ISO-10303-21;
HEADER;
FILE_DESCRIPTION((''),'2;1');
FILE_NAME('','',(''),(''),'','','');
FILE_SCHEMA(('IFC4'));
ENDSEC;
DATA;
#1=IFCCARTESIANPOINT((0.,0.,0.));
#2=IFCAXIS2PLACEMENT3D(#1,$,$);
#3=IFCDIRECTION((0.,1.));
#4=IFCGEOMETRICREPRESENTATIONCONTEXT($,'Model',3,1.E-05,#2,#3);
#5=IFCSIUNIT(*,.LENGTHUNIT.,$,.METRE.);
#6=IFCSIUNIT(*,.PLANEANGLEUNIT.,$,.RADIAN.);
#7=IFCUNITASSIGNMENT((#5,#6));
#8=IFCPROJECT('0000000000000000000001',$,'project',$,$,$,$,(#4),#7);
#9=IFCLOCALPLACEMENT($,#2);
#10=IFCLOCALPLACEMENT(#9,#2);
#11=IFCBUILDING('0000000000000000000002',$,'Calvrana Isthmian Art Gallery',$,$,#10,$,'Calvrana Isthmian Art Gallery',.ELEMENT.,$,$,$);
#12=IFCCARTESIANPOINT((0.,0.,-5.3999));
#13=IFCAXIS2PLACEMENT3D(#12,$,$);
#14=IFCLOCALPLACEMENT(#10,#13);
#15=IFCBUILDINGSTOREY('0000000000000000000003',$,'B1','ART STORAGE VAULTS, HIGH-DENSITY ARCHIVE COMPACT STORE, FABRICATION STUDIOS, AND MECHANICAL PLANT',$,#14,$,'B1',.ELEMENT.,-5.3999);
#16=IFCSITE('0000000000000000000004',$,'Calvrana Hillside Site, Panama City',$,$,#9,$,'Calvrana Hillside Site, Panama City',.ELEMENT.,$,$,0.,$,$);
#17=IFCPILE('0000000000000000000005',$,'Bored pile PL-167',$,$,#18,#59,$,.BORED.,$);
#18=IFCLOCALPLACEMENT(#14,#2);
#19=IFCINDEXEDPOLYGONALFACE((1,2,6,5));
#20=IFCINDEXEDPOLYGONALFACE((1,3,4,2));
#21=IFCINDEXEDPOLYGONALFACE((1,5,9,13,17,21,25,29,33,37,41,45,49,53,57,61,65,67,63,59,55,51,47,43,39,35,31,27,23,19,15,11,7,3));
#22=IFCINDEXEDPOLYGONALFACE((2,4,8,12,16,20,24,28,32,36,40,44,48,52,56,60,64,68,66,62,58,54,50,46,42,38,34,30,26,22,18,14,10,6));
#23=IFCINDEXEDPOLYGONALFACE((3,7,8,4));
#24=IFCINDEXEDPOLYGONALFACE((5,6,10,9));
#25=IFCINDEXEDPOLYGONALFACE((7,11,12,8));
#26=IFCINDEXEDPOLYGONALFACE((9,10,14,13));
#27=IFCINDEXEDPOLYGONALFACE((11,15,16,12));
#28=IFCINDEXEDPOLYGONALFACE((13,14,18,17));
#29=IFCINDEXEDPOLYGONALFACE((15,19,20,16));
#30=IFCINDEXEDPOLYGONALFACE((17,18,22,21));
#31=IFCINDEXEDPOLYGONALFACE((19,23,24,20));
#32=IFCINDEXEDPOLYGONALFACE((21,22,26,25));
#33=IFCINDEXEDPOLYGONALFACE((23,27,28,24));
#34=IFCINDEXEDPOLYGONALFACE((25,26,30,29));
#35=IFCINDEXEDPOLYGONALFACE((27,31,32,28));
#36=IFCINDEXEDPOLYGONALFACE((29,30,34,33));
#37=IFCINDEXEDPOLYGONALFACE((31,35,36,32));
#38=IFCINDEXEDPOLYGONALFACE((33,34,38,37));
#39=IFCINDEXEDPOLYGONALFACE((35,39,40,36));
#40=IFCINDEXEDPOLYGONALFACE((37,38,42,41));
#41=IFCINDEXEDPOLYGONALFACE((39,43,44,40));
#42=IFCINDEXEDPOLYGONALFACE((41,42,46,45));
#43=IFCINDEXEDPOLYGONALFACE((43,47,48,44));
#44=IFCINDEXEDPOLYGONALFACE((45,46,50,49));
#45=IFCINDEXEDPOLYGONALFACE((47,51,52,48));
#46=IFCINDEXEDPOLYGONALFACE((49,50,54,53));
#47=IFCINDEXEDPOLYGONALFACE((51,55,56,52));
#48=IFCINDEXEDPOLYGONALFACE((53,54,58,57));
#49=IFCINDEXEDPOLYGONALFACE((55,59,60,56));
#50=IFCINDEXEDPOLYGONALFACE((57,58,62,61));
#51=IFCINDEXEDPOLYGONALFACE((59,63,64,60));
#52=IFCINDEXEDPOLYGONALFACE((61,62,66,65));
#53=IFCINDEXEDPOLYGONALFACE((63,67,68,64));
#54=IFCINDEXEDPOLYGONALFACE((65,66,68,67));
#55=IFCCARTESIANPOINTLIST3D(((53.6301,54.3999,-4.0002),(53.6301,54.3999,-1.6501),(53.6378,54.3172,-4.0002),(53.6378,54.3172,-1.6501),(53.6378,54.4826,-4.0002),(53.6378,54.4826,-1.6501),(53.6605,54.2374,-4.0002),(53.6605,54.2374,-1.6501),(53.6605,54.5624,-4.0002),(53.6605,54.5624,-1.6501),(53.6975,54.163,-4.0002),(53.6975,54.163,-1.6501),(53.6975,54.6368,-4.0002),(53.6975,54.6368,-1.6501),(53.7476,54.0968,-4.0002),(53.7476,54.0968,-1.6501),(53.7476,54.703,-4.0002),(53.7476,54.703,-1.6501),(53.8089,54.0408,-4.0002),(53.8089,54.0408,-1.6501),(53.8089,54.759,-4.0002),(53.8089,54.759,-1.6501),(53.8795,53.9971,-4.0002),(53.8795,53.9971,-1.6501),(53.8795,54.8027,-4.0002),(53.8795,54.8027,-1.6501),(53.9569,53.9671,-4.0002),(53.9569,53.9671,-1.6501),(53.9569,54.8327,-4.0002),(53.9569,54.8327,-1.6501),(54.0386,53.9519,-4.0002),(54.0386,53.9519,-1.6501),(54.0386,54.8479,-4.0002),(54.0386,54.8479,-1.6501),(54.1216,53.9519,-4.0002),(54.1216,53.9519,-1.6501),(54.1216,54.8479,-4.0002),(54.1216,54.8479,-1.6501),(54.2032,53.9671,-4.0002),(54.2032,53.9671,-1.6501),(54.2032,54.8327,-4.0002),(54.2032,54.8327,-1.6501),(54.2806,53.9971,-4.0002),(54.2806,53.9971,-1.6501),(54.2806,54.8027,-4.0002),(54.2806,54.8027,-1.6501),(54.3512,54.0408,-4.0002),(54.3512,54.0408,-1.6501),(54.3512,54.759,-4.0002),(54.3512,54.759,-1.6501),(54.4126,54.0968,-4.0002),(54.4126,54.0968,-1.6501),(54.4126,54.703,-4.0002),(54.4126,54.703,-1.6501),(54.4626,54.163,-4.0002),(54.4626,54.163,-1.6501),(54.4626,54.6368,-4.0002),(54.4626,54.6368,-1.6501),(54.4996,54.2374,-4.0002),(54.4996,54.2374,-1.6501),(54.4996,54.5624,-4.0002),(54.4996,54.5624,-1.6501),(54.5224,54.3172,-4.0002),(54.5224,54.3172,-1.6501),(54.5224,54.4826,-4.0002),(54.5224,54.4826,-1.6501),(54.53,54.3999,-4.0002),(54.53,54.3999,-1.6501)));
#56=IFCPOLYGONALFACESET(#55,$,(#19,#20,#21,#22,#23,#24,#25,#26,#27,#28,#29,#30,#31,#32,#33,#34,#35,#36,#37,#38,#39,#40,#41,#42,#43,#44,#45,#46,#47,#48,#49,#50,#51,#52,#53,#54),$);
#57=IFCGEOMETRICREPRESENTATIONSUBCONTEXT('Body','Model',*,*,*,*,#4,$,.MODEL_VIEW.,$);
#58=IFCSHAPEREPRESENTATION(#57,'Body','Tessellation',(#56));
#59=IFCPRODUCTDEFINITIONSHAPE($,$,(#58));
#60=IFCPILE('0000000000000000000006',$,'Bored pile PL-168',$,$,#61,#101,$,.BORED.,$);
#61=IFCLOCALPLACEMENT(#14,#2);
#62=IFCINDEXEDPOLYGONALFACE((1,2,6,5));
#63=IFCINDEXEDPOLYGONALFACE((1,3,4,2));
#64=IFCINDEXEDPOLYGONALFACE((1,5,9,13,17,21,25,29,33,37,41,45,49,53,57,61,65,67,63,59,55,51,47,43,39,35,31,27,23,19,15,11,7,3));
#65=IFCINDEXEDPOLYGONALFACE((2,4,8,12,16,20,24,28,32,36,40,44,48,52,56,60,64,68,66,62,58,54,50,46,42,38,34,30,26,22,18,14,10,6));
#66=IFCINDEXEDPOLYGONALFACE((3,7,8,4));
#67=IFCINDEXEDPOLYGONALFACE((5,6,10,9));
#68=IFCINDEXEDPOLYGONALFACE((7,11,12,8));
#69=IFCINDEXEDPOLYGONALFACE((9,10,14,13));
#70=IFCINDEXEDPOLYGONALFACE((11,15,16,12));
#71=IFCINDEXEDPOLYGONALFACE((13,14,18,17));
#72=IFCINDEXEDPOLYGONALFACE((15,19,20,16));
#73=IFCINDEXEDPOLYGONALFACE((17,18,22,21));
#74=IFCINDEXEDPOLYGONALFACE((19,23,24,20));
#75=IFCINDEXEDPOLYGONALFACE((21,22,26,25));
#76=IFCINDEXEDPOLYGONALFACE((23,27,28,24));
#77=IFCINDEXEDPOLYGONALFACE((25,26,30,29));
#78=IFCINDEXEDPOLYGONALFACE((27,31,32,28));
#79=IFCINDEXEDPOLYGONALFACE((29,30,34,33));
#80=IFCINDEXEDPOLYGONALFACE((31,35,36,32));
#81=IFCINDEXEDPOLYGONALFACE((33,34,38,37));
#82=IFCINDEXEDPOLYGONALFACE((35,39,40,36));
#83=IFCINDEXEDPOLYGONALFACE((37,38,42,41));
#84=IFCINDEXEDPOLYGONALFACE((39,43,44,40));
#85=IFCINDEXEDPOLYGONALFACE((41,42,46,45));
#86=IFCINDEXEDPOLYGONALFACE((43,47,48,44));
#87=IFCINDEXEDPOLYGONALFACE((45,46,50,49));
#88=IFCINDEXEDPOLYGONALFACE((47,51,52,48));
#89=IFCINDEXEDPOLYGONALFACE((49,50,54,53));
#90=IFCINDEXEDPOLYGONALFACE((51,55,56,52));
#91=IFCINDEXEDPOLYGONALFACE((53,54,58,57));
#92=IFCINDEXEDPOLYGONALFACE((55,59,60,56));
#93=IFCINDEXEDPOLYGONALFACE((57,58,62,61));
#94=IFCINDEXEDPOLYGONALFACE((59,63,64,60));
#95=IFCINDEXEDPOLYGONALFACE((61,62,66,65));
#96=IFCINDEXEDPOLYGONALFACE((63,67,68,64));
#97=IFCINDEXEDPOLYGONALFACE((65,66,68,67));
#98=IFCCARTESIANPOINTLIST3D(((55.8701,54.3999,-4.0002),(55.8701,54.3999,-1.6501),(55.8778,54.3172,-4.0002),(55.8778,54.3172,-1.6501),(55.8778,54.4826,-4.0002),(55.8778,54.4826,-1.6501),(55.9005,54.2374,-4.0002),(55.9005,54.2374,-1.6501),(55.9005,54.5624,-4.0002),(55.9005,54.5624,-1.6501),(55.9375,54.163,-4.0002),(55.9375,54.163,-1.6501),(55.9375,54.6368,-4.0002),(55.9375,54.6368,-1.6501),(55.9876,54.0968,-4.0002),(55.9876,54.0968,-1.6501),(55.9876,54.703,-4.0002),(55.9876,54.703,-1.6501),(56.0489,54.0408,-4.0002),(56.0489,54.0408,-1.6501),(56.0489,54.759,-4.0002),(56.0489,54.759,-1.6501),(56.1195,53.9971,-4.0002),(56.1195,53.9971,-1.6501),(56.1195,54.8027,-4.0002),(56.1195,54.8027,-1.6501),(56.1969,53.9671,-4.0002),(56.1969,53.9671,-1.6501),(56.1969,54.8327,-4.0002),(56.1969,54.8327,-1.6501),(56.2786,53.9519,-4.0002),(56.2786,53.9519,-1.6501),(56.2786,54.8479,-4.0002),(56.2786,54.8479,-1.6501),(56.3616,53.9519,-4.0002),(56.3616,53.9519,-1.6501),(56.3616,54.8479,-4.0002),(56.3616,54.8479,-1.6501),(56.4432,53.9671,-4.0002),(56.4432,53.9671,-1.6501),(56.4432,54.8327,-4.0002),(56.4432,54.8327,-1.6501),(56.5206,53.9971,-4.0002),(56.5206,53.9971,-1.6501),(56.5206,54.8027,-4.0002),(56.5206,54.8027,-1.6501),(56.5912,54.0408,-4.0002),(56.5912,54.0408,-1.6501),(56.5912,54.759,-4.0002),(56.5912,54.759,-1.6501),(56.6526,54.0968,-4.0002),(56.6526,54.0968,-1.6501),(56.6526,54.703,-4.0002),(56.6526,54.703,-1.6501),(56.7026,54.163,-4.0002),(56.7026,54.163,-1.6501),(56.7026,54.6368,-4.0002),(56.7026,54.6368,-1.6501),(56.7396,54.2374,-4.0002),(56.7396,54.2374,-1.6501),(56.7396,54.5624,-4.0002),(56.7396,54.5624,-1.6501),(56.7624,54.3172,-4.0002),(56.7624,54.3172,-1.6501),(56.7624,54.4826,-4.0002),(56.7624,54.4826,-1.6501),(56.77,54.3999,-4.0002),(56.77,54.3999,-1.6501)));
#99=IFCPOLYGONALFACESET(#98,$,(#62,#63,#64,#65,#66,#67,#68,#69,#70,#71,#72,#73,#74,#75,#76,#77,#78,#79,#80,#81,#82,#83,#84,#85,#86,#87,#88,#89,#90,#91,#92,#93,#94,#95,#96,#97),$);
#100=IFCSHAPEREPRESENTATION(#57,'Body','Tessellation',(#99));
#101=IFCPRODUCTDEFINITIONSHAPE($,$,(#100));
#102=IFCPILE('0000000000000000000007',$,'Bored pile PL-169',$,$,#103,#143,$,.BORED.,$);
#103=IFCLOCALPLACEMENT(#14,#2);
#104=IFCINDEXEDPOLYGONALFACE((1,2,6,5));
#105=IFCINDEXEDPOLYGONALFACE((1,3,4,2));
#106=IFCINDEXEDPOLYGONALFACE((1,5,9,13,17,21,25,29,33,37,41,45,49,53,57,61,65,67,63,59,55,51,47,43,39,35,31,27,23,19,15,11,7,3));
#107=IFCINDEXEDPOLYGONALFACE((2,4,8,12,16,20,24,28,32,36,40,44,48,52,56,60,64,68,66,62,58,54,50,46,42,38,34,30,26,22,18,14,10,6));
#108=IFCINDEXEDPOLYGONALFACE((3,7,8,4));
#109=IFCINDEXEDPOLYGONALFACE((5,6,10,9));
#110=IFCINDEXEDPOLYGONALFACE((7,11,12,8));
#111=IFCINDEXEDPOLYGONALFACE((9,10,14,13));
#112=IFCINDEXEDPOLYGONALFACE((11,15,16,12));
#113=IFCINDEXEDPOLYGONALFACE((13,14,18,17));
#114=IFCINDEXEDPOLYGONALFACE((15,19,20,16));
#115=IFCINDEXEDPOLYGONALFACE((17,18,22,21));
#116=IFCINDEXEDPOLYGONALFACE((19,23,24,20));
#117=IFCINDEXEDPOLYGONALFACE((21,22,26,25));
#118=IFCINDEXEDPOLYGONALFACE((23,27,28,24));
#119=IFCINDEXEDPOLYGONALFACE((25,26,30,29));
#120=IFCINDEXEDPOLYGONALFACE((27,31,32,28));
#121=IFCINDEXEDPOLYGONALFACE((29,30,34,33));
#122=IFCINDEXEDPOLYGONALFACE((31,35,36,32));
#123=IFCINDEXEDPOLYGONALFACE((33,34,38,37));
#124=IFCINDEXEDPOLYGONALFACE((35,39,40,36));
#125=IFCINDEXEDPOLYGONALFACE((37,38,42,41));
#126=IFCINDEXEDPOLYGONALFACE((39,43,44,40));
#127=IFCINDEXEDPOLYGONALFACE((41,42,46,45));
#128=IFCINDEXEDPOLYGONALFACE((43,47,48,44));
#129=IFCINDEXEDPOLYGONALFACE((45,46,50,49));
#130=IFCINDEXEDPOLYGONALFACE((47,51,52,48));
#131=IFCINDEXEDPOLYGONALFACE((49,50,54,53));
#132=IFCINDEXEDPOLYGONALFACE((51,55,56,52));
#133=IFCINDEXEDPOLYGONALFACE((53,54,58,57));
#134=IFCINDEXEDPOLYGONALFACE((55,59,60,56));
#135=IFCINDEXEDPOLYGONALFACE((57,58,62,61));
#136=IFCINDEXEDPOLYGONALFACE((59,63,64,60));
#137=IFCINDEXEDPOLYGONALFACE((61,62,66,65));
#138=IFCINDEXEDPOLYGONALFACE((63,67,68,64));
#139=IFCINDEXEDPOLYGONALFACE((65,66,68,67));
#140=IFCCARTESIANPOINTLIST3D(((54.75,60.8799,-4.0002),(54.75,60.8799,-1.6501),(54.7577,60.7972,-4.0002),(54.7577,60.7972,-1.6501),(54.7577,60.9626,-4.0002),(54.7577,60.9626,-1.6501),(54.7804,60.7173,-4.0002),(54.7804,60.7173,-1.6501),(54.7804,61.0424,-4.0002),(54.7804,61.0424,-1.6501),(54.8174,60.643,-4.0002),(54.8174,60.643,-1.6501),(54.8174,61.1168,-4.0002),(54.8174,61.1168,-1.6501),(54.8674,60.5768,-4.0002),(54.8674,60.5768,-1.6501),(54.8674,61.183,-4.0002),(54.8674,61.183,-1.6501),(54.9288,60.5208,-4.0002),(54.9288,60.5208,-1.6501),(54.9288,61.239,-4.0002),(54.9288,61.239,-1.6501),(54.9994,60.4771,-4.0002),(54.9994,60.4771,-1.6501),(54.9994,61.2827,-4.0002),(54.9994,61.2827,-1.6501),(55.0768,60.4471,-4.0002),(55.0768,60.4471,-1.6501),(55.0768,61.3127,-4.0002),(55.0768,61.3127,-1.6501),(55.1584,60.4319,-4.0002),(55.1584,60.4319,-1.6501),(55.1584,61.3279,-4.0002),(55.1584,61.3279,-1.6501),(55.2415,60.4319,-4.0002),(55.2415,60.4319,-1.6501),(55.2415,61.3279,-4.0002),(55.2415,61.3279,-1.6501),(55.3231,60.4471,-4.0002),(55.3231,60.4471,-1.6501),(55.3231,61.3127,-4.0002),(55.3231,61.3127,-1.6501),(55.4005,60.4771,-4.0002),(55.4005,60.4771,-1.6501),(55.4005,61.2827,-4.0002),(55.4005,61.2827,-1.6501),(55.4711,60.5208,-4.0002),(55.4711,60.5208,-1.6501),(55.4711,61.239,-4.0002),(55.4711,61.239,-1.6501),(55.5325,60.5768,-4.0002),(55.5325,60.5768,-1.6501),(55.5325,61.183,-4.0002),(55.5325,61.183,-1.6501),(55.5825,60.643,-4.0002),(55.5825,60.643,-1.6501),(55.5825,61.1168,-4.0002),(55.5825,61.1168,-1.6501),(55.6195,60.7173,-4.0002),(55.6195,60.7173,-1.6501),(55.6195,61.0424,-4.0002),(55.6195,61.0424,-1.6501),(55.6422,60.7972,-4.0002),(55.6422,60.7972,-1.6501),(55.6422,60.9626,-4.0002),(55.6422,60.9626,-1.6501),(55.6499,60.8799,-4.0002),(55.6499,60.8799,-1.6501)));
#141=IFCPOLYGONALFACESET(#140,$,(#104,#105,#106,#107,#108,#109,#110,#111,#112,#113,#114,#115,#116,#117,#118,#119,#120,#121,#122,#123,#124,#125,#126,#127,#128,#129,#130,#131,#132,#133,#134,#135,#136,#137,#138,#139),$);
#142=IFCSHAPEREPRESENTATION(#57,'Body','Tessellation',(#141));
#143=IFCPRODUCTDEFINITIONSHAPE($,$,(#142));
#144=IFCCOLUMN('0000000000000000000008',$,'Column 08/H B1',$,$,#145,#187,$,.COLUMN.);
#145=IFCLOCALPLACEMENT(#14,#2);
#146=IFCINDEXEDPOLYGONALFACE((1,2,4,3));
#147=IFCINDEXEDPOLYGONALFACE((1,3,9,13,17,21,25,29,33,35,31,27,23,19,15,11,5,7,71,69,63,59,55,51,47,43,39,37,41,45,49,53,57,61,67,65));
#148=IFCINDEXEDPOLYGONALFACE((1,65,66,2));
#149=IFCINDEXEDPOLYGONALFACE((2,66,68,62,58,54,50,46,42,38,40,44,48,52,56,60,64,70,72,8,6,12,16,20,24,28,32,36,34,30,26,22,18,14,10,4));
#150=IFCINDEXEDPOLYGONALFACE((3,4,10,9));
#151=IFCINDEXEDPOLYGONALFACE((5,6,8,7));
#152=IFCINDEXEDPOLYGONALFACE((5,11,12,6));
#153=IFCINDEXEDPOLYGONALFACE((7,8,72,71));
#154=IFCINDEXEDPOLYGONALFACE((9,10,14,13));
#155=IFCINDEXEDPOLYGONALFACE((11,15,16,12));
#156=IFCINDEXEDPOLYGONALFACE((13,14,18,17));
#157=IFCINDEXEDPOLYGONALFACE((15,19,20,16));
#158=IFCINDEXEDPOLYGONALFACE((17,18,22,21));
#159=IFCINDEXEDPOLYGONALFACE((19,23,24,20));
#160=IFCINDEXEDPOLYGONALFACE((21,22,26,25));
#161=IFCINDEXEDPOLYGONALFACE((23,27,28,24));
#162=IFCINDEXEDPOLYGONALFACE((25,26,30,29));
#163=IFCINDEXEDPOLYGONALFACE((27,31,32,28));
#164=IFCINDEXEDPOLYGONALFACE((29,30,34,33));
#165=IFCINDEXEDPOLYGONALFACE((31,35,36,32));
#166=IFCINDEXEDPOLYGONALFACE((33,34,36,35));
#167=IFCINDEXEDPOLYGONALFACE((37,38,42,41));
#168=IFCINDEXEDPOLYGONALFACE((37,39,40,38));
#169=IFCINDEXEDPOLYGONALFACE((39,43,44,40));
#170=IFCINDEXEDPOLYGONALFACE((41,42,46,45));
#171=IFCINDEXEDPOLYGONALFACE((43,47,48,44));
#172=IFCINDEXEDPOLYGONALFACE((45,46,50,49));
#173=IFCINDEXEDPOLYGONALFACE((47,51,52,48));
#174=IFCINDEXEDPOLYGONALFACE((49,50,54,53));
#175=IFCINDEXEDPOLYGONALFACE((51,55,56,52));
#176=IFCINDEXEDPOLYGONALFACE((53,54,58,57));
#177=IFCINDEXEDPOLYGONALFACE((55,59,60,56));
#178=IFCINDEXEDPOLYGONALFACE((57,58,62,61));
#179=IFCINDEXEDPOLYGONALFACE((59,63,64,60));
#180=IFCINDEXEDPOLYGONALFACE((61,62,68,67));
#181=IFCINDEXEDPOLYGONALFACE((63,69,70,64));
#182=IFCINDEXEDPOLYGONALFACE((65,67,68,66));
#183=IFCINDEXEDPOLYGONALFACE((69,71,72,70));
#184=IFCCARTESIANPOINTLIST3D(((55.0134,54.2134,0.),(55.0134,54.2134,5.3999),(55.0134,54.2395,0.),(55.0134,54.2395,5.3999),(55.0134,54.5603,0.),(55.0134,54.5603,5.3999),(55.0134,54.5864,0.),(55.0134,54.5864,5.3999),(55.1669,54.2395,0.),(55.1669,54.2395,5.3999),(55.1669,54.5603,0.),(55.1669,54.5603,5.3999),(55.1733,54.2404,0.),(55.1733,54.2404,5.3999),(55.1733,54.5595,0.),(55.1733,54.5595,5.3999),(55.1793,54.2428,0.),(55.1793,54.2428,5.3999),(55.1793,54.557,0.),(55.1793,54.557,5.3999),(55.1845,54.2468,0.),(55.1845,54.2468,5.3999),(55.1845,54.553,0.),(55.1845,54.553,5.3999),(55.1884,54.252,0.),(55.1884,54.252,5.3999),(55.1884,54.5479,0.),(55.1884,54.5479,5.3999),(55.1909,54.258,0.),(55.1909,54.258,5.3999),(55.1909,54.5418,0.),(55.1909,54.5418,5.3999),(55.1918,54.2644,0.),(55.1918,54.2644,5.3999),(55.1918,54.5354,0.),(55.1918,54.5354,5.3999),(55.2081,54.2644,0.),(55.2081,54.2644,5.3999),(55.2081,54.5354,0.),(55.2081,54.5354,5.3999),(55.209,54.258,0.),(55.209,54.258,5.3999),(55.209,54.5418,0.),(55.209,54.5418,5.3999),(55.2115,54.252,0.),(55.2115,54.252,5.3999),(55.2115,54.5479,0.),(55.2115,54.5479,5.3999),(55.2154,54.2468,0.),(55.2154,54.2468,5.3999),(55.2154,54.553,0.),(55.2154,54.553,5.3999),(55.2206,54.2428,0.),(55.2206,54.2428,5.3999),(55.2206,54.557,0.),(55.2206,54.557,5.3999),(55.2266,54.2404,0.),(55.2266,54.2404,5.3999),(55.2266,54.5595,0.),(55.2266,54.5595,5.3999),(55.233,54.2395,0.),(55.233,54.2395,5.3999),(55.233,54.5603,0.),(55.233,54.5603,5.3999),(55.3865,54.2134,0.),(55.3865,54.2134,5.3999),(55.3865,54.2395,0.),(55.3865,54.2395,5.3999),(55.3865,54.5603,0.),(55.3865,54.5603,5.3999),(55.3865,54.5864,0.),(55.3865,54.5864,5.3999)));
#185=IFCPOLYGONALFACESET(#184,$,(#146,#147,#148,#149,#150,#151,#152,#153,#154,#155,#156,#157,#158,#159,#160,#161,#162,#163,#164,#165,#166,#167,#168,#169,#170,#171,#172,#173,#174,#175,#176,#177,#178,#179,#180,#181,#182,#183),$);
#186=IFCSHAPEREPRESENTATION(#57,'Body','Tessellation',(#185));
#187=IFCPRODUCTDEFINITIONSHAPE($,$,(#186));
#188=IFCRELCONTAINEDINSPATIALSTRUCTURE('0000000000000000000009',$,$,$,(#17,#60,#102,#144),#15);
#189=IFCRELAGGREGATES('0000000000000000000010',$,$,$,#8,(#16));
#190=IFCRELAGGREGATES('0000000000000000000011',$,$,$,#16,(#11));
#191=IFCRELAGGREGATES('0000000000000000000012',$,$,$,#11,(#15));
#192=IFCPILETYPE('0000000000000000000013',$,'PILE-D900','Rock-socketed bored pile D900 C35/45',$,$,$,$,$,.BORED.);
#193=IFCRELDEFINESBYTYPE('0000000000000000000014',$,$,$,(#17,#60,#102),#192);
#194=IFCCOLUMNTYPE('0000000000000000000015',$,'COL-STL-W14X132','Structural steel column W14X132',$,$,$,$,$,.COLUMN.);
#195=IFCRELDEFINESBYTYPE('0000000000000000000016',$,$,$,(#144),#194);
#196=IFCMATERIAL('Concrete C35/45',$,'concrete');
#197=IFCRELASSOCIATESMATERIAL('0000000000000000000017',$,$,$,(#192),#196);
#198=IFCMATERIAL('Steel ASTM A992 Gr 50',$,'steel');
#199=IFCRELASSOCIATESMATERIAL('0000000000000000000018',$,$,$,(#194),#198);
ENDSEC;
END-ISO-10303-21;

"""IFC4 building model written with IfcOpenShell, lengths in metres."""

from ifc_helpers import new_model, si_unit, direction, frame, origin, origin_2d, place, context, subcontext, project, spatial, circle, i_section, extrude, material, material_profile, profile_set, type_object, element, save


model = new_model("IFC4")

# Units and contexts
model_context = context("Model", 3, precision=1e-05, world=origin(), true_north=direction((0.0, 1.0)))
body_context = subcontext(model_context, "Body", "Model", "MODEL_VIEW")
ifc_project = project(units=[si_unit("LENGTHUNIT", "METRE"), si_unit("PLANEANGLEUNIT", "RADIAN")], contexts=[model_context])

# Site, building, storey
site_placement = place(None, origin())
site = spatial("IfcSite", under=ifc_project, at=site_placement, Name="Calvrana Hillside Site, Panama City", LongName="Calvrana Hillside Site, Panama City", CompositionType="ELEMENT", RefElevation=0.0)
building_placement = place(site_placement, origin())
building = spatial("IfcBuilding", under=site, at=building_placement, Name="Calvrana Isthmian Art Gallery", LongName="Calvrana Isthmian Art Gallery", CompositionType="ELEMENT")
storey_placement = place(building_placement, frame((0.0, 0.0, -5.3999)))
storey = spatial("IfcBuildingStorey", under=building, at=storey_placement, Name="B1", Description="ART STORAGE VAULTS, HIGH-DENSITY ARCHIVE COMPACT STORE, FABRICATION STUDIOS, AND MECHANICAL PLANT", LongName="B1", CompositionType="ELEMENT", Elevation=-5.3999)

# Shared definitions
ifc_material_1 = material(Name="Concrete C35/45", Category="concrete")

# Piles
ifc_material_profile_1 = material_profile(ifc_material_1, circle(Radius=0.45, at=origin_2d()), Name="PILE900D")
ifc_profile_set_1 = profile_set([ifc_material_profile_1], Name="Concrete C35/45")
pile_type_1 = type_object("IfcPileType", Name="PILE-D900", Description="Rock-socketed bored pile D900 C35/45", PredefinedType="BORED", material=ifc_profile_set_1)
for number, where, z_axis, x_axis, name in (
    (1, (54.0801, 54.3999, -1.6501), (0.0, 0.0, -1.0), (1.0, 0.0, 0.0), "Bored pile PL-167"),
    (2, (56.3201, 54.3999, -1.6501), (0.0, 0.0, -1.0), (1.0, 0.0, 0.0), "Bored pile PL-168"),
    (3, (55.2, 60.8799, -1.6501), (0.0, 0.0, -1.0), (1.0, 0.0, 0.0), "Bored pile PL-169"),
):
    element("IfcPile", number, at=place(storey_placement, frame(where, z_axis=z_axis, x_axis=x_axis)), inside=storey, type_object=pile_type_1, Name=name, PredefinedType="BORED", context=body_context, shape_type="SweptSolid", body=[
        extrude(circle(Radius=0.45, at=origin_2d()), origin(), (0.0, 0.0, 1.0), 2.3501),
    ])

# Column
ifc_material_2 = material(Name="Steel ASTM A992 Gr 50", Category="steel")
ifc_material_profile_2 = material_profile(ifc_material_2, i_section(OverallWidth=0.373, OverallDepth=0.373, WebThickness=0.0164, FlangeThickness=0.0261, FilletRadius=0.0249, at=origin_2d()), Name="W14X132")
ifc_profile_set_2 = profile_set([ifc_material_profile_2], Name="Steel ASTM A992 Gr 50")
column_type_1 = type_object("IfcColumnType", Name="COL-STL-W14X132", Description="Structural steel column W14X132", PredefinedType="COLUMN", material=ifc_profile_set_2)
column_1_placement = place(storey_placement, frame((55.2, 54.3999, 0.0), z_axis=(0.0, 0.0, 1.0), x_axis=(1.0, 0.0, 0.0)))
element("IfcColumn", 4, at=column_1_placement, inside=storey, type_object=column_type_1, Name="Column 08/H B1", PredefinedType="COLUMN", context=body_context, shape_type="SweptSolid", body=[
    extrude(i_section(OverallWidth=0.373, OverallDepth=0.373, WebThickness=0.0164, FlangeThickness=0.0261, FilletRadius=0.0249, at=origin_2d()), origin(), (0.0, 0.0, 1.0), 5.3999),
])

save(model, "model.ifc")
